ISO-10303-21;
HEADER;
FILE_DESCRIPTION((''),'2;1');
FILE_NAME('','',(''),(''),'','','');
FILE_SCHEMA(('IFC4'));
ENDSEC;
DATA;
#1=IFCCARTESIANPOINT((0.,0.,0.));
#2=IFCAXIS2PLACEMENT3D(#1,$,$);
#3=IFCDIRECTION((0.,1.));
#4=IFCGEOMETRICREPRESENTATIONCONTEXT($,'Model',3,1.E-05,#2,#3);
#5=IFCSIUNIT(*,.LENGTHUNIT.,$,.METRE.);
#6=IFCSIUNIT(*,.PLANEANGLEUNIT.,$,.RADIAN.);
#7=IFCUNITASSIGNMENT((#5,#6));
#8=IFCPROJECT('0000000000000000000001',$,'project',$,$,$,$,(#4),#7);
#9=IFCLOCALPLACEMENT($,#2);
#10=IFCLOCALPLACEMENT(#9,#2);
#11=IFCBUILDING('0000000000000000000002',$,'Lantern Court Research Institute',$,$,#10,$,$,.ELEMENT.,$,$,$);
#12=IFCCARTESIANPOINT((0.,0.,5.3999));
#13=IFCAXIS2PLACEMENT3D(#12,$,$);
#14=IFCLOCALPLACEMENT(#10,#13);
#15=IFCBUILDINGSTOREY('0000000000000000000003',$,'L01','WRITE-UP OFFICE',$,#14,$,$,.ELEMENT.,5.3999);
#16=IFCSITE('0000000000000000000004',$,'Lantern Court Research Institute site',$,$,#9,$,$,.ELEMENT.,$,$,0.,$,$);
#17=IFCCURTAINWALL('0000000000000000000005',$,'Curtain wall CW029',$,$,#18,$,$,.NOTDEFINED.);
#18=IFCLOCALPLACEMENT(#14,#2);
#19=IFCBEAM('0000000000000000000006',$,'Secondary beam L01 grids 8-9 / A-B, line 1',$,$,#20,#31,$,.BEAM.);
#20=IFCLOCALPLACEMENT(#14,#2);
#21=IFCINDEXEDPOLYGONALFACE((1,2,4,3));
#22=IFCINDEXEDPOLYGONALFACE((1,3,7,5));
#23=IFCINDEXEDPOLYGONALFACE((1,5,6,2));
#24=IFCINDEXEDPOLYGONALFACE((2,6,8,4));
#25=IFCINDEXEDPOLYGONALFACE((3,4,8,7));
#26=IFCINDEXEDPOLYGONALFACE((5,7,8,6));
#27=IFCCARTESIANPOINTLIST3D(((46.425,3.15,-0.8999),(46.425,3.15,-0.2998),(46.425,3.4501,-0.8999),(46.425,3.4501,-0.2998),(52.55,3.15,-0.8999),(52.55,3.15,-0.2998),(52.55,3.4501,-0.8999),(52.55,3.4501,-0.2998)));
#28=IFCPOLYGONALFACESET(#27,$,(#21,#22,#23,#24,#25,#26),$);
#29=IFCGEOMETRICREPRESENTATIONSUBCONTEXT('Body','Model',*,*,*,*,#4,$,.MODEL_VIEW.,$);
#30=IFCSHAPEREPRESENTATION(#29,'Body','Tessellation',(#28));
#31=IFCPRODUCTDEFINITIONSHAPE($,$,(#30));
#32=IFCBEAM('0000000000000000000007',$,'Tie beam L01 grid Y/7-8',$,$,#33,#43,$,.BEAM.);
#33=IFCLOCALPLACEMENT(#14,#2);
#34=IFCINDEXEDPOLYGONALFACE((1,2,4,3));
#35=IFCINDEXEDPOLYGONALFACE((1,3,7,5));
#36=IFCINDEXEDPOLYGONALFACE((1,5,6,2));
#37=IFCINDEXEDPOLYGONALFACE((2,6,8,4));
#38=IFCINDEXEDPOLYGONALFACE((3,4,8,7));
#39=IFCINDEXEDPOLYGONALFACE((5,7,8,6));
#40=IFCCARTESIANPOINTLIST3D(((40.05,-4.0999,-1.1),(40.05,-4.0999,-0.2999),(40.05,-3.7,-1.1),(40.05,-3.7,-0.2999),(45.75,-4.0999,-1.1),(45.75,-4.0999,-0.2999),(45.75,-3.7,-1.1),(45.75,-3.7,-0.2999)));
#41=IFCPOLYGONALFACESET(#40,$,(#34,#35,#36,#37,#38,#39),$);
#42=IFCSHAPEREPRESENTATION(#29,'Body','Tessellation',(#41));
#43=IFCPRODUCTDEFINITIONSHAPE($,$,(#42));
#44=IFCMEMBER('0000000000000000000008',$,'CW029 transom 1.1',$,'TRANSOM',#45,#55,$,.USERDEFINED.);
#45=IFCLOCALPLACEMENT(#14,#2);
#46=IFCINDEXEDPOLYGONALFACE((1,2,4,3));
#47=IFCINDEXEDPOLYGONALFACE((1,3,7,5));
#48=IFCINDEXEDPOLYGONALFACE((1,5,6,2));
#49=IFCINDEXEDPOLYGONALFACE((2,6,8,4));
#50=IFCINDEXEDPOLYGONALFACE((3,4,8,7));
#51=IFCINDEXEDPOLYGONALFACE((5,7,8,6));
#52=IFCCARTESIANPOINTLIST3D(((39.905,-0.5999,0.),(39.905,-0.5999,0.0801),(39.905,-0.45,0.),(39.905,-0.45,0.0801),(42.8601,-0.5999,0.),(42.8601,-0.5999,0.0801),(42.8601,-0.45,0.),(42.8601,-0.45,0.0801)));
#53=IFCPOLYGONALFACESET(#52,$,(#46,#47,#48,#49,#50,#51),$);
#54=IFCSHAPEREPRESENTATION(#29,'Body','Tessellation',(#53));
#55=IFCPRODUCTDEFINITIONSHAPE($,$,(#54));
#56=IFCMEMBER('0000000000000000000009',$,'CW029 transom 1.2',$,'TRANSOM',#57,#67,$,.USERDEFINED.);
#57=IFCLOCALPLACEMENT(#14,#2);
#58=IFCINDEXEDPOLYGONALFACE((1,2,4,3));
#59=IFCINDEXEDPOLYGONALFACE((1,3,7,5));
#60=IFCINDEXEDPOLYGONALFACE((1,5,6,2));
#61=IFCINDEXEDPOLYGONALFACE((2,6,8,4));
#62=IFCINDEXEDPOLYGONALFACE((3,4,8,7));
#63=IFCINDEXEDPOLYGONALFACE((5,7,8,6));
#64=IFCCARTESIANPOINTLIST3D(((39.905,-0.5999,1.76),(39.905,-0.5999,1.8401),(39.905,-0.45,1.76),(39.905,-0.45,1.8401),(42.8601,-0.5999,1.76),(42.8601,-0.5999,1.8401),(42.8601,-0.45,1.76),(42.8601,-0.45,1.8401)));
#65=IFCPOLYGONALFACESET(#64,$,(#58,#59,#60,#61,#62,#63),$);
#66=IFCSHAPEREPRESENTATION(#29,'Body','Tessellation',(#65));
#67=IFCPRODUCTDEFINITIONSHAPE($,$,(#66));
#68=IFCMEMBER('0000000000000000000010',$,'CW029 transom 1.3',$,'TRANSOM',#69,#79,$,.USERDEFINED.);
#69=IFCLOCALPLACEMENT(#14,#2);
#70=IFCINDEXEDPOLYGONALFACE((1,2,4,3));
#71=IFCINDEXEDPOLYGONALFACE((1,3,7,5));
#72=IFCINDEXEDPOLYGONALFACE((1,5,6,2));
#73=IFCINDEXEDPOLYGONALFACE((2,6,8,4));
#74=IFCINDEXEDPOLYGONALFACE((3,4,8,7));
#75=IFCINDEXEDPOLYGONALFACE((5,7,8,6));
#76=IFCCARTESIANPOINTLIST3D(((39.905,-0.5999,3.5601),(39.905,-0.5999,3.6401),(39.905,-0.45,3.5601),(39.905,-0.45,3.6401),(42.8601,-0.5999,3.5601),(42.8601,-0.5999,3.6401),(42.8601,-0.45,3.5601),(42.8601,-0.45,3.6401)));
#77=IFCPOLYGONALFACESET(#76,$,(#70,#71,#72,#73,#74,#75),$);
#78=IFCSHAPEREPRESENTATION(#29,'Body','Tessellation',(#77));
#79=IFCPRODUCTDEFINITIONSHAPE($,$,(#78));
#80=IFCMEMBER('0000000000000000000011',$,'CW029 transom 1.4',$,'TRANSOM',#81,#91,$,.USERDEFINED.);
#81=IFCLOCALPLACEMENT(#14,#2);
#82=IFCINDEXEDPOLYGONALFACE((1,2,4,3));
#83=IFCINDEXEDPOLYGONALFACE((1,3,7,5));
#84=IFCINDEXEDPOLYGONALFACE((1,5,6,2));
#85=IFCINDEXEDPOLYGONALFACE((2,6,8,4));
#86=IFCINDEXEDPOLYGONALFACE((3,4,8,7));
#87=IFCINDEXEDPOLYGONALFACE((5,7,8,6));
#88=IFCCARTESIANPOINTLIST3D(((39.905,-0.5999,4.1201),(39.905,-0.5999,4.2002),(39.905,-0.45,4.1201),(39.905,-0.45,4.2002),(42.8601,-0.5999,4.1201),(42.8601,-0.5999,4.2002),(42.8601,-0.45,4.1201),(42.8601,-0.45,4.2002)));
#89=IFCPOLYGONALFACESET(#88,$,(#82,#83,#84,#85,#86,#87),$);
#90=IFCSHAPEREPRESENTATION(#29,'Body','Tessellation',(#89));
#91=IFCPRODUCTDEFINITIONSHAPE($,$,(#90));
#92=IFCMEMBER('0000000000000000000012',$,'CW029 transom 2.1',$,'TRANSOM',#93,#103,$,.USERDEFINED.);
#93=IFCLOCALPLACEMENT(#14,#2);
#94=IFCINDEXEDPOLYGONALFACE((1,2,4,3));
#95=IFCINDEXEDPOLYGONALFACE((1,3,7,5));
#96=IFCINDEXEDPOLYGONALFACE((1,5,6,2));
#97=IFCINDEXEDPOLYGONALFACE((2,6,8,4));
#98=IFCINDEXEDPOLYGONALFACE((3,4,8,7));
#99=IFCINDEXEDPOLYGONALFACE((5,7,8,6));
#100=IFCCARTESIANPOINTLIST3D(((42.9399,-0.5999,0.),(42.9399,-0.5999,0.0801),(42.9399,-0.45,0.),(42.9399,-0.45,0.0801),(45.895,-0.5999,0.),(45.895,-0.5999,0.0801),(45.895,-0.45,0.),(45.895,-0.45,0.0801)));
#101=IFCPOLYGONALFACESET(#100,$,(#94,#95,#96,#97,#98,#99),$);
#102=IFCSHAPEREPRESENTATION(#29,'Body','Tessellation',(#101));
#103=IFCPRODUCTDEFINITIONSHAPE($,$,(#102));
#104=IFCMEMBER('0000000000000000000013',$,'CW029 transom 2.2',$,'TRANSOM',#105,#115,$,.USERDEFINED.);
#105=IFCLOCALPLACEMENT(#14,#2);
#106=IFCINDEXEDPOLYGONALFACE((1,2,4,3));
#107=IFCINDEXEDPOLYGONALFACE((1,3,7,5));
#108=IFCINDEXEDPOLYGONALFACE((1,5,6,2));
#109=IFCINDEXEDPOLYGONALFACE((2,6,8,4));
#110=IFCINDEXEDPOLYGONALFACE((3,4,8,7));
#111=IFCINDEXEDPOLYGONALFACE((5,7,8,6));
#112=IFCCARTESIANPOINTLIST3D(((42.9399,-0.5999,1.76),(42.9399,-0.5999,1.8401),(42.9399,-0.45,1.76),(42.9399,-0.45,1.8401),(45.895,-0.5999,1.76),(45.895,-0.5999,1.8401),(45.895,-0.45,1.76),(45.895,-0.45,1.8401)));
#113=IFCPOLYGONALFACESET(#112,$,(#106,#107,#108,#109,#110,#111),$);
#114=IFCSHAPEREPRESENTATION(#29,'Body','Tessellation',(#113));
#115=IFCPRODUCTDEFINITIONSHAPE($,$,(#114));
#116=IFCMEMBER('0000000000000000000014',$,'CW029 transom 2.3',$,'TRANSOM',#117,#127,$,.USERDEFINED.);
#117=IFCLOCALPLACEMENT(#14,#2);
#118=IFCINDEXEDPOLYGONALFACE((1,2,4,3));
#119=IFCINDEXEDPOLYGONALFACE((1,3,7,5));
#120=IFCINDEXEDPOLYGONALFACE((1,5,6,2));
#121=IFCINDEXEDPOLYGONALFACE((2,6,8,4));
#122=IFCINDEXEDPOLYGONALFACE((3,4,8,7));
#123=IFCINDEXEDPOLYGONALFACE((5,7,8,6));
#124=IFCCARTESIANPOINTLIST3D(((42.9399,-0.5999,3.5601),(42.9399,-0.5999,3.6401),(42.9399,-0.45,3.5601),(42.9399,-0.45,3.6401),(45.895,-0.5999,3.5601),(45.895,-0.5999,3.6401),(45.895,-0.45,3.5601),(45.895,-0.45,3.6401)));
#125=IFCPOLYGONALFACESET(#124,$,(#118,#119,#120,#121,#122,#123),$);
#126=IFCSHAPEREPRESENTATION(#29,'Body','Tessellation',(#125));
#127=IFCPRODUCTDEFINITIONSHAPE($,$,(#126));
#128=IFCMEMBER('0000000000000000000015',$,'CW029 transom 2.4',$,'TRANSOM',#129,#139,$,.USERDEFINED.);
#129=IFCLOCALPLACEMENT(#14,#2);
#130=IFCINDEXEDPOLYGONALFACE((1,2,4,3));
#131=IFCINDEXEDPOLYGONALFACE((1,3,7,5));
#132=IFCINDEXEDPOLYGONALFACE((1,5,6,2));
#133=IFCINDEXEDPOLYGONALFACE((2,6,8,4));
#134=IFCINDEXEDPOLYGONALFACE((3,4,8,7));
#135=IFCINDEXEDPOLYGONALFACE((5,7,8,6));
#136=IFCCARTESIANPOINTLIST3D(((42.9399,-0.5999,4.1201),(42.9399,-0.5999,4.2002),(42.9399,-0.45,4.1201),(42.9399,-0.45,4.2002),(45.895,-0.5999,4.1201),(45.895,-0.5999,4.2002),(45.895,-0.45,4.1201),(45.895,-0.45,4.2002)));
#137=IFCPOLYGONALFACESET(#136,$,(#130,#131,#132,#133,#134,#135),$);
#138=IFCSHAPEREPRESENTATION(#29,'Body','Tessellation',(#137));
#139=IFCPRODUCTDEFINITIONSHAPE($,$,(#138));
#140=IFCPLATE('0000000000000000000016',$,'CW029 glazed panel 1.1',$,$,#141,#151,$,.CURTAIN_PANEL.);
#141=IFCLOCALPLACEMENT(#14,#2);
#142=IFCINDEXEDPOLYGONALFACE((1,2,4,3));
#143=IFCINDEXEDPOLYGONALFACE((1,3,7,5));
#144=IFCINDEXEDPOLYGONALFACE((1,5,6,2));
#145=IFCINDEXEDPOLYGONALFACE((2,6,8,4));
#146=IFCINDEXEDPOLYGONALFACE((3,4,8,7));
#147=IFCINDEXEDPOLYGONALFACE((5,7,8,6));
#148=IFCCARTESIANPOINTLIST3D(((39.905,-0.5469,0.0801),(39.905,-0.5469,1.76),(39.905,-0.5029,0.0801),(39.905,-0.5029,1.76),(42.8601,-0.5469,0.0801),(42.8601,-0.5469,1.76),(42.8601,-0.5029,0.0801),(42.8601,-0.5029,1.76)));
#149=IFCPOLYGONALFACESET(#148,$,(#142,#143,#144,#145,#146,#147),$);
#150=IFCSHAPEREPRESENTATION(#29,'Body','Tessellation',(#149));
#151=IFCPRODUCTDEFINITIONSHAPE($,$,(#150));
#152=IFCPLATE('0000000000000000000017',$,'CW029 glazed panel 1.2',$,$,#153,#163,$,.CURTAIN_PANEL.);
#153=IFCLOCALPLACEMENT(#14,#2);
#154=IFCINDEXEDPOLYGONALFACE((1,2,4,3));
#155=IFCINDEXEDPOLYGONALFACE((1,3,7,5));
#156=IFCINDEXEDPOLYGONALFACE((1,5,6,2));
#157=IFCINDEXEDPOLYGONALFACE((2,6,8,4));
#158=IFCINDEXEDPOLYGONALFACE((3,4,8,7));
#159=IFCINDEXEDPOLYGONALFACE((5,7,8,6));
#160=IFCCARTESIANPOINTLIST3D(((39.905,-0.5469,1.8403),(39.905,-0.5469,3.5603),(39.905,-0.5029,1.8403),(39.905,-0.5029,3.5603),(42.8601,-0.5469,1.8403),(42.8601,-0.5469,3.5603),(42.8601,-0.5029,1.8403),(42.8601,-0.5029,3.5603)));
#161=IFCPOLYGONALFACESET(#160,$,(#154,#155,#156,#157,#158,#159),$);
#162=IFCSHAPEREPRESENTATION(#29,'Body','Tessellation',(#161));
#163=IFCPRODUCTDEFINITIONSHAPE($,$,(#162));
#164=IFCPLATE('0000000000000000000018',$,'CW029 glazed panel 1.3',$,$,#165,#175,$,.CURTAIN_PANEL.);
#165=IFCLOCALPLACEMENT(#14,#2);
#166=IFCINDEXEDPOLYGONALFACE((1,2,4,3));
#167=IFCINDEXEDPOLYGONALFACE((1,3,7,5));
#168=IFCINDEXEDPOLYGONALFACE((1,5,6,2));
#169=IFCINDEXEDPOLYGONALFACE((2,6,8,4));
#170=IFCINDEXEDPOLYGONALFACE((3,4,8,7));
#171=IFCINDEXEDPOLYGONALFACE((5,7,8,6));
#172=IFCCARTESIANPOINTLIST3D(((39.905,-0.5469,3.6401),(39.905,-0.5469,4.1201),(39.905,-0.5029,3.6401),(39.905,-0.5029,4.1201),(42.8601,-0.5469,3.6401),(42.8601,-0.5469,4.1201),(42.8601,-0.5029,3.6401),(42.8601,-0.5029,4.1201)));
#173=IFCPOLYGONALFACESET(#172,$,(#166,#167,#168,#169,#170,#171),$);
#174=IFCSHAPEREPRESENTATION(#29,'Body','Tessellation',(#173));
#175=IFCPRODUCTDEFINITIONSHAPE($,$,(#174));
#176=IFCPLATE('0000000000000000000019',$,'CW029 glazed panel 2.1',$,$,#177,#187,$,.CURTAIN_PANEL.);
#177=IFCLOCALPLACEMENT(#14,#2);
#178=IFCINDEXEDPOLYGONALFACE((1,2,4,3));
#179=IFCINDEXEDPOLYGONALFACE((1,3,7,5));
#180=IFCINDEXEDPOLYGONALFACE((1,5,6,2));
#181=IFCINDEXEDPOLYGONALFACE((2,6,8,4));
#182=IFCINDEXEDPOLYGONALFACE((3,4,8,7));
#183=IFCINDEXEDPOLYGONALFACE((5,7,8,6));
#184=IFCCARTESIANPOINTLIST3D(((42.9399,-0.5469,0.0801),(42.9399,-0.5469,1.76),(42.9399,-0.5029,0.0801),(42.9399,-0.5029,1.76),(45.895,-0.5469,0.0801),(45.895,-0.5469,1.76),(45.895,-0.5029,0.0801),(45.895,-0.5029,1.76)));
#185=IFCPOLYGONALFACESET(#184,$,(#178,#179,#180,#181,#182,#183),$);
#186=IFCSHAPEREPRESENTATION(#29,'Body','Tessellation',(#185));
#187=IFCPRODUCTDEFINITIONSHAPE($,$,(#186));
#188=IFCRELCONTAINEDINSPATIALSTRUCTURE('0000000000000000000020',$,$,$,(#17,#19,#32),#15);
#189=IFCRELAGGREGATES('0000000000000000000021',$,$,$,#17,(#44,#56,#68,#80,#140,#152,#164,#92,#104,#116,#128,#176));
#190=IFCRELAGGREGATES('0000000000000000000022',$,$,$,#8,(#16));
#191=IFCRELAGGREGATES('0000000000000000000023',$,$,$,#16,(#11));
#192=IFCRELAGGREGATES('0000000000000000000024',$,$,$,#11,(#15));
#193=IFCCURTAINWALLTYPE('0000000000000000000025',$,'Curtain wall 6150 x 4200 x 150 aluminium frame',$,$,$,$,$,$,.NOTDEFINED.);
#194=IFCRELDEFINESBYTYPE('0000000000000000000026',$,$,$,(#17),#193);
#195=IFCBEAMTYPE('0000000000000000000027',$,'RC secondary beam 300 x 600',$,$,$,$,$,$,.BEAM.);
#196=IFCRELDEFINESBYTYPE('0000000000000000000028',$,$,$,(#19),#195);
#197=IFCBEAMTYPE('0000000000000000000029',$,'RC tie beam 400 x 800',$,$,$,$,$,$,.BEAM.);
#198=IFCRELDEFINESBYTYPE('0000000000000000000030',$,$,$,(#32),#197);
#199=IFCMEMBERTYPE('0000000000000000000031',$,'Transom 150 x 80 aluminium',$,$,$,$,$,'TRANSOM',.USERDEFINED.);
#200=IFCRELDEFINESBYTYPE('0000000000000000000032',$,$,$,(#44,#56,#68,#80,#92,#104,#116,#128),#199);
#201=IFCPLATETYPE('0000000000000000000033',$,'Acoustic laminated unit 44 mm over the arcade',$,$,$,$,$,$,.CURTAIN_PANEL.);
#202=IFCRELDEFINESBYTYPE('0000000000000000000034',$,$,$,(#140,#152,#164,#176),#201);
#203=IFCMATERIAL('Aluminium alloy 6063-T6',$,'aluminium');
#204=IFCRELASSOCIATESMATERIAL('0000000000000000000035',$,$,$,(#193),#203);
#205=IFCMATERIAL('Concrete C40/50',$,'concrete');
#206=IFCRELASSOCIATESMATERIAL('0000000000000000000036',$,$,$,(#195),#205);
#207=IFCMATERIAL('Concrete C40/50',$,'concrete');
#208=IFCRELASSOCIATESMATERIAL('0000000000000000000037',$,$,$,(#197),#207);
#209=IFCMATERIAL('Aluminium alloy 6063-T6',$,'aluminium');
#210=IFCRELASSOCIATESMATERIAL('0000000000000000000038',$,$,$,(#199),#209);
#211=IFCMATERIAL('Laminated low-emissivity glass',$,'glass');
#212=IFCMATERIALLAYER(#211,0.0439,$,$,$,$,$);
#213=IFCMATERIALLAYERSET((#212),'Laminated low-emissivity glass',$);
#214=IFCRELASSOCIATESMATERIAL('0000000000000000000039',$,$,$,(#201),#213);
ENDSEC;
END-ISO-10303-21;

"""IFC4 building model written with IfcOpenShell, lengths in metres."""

from ifc_helpers import new_model, si_unit, direction, frame, origin, origin_2d, place, context, subcontext, project, spatial, rectangle, extrude, material, layer, layer_set, material_profile, profile_set, type_object, element, aggregate, save


model = new_model("IFC4")

# Units and contexts
model_context = context("Model", 3, precision=1e-05, world=origin(), true_north=direction((0.0, 1.0)))
body_context = subcontext(model_context, "Body", "Model", "MODEL_VIEW")
ifc_project = project(units=[si_unit("LENGTHUNIT", "METRE"), si_unit("PLANEANGLEUNIT", "RADIAN")], contexts=[model_context])

# Site, building, storey
site_placement = place(None, origin())
site = spatial("IfcSite", under=ifc_project, at=site_placement, Name="Lantern Court Research Institute site", CompositionType="ELEMENT", RefElevation=0.0)
building_placement = place(site_placement, origin())
building = spatial("IfcBuilding", under=site, at=building_placement, Name="Lantern Court Research Institute", CompositionType="ELEMENT")
storey_placement = place(building_placement, frame((0.0, 0.0, 5.3999)))
storey = spatial("IfcBuildingStorey", under=building, at=storey_placement, Name="L01", Description="WRITE-UP OFFICE", CompositionType="ELEMENT", Elevation=5.3999)

# Curtain wall
ifc_material_1 = material(Name="Aluminium alloy 6063-T6", Category="aluminium")
curtain_wall_type_1 = type_object("IfcCurtainWallType", Name="Curtain wall 6150 x 4200 x 150 aluminium frame", PredefinedType="NOTDEFINED", material=ifc_material_1)
curtain_wall_1_placement = place(storey_placement, origin())
curtain_wall_1 = element("IfcCurtainWall", 1, at=curtain_wall_1_placement, inside=storey, type_object=curtain_wall_type_1, Name="Curtain wall CW029", PredefinedType="NOTDEFINED")

# Beams
ifc_material_2 = material(Name="Concrete C40/50", Category="concrete")
ifc_material_profile_1 = material_profile(ifc_material_2, rectangle(XDim=0.3, YDim=0.6001, at=origin_2d()), Name="RC beam 300 x 600")
ifc_profile_set_1 = profile_set([ifc_material_profile_1], Name="Concrete C40/50")
beam_type_1 = type_object("IfcBeamType", Name="RC secondary beam 300 x 600", PredefinedType="BEAM", material=ifc_profile_set_1)
beam_1_placement = place(storey_placement, frame((46.425, 3.3, -0.5999), z_axis=(1.0, 0.0, 0.0), x_axis=(0.0, 1.0, 0.0)))
element("IfcBeam", 2, at=beam_1_placement, inside=storey, type_object=beam_type_1, Name="Secondary beam L01 grids 8-9 / A-B, line 1", PredefinedType="BEAM", context=body_context, shape_type="SweptSolid", body=[
    extrude(rectangle(XDim=0.3, YDim=0.6001, at=origin_2d()), origin(), (0.0, 0.0, 1.0), 6.125),
])
ifc_material_3 = material(Name="Concrete C40/50", Category="concrete")
ifc_material_profile_2 = material_profile(ifc_material_3, rectangle(XDim=0.3999, YDim=0.8, at=origin_2d()), Name="RC beam 400 x 800")
ifc_profile_set_2 = profile_set([ifc_material_profile_2], Name="Concrete C40/50")
beam_type_2 = type_object("IfcBeamType", Name="RC tie beam 400 x 800", PredefinedType="BEAM", material=ifc_profile_set_2)
beam_2_placement = place(storey_placement, frame((40.05, -3.8999, -0.7), z_axis=(1.0, 0.0, 0.0), x_axis=(0.0, 1.0, 0.0)))
element("IfcBeam", 3, at=beam_2_placement, inside=storey, type_object=beam_type_2, Name="Tie beam L01 grid Y/7-8", PredefinedType="BEAM", context=body_context, shape_type="SweptSolid", body=[
    extrude(rectangle(XDim=0.3999, YDim=0.8, at=origin_2d()), origin(), (0.0, 0.0, 1.0), 5.7),
])

# Members
ifc_material_4 = material(Name="Aluminium alloy 6063-T6", Category="aluminium")
ifc_material_profile_3 = material_profile(ifc_material_4, rectangle(XDim=0.1499, YDim=0.0801, at=origin_2d()), Name="Transom 150 x 80")
ifc_profile_set_3 = profile_set([ifc_material_profile_3], Name="Aluminium alloy 6063-T6")
member_type_1 = type_object("IfcMemberType", Name="Transom 150 x 80 aluminium", ElementType="TRANSOM", PredefinedType="USERDEFINED", material=ifc_profile_set_3)
member_1_placement = place(storey_placement, frame((42.8601, -0.5249, 0.04), z_axis=(-1.0, 0.0, 0.0), x_axis=(0.0, -1.0, 0.0)))
member_1 = element("IfcMember", 4, at=member_1_placement, type_object=member_type_1, Name="CW029 transom 1.1", ObjectType="TRANSOM", PredefinedType="USERDEFINED", context=body_context, shape_type="SweptSolid", body=[
    extrude(rectangle(XDim=0.1499, YDim=0.0801, at=origin_2d()), origin(), (0.0, 0.0, 1.0), 2.9551),
])
member_2_placement = place(storey_placement, frame((42.8601, -0.5249, 1.8), z_axis=(-1.0, 0.0, 0.0), x_axis=(0.0, -1.0, 0.0)))
member_2 = element("IfcMember", 5, at=member_2_placement, type_object=member_type_1, Name="CW029 transom 1.2", ObjectType="TRANSOM", PredefinedType="USERDEFINED", context=body_context, shape_type="SweptSolid", body=[
    extrude(rectangle(XDim=0.1499, YDim=0.0801, at=origin_2d()), origin(), (0.0, 0.0, 1.0), 2.9551),
])
member_3_placement = place(storey_placement, frame((42.8601, -0.5249, 3.6001), z_axis=(-1.0, 0.0, 0.0), x_axis=(0.0, -1.0, 0.0)))
member_3 = element("IfcMember", 6, at=member_3_placement, type_object=member_type_1, Name="CW029 transom 1.3", ObjectType="TRANSOM", PredefinedType="USERDEFINED", context=body_context, shape_type="SweptSolid", body=[
    extrude(rectangle(XDim=0.1499, YDim=0.0801, at=origin_2d()), origin(), (0.0, 0.0, 1.0), 2.9551),
])
member_4_placement = place(storey_placement, frame((42.8601, -0.5249, 4.1602), z_axis=(-1.0, 0.0, 0.0), x_axis=(0.0, -1.0, 0.0)))
member_4 = element("IfcMember", 7, at=member_4_placement, type_object=member_type_1, Name="CW029 transom 1.4", ObjectType="TRANSOM", PredefinedType="USERDEFINED", context=body_context, shape_type="SweptSolid", body=[
    extrude(rectangle(XDim=0.1499, YDim=0.0801, at=origin_2d()), origin(), (0.0, 0.0, 1.0), 2.9551),
])
member_5_placement = place(storey_placement, frame((45.895, -0.5249, 0.04), z_axis=(-1.0, 0.0, 0.0), x_axis=(0.0, -1.0, 0.0)))
member_5 = element("IfcMember", 8, at=member_5_placement, type_object=member_type_1, Name="CW029 transom 2.1", ObjectType="TRANSOM", PredefinedType="USERDEFINED", context=body_context, shape_type="SweptSolid", body=[
    extrude(rectangle(XDim=0.1499, YDim=0.0801, at=origin_2d()), origin(), (0.0, 0.0, 1.0), 2.9551),
])
member_6_placement = place(storey_placement, frame((45.895, -0.5249, 1.8), z_axis=(-1.0, 0.0, 0.0), x_axis=(0.0, -1.0, 0.0)))
member_6 = element("IfcMember", 9, at=member_6_placement, type_object=member_type_1, Name="CW029 transom 2.2", ObjectType="TRANSOM", PredefinedType="USERDEFINED", context=body_context, shape_type="SweptSolid", body=[
    extrude(rectangle(XDim=0.1499, YDim=0.0801, at=origin_2d()), origin(), (0.0, 0.0, 1.0), 2.9551),
])
member_7_placement = place(storey_placement, frame((45.895, -0.5249, 3.6001), z_axis=(-1.0, 0.0, 0.0), x_axis=(0.0, -1.0, 0.0)))
member_7 = element("IfcMember", 10, at=member_7_placement, type_object=member_type_1, Name="CW029 transom 2.3", ObjectType="TRANSOM", PredefinedType="USERDEFINED", context=body_context, shape_type="SweptSolid", body=[
    extrude(rectangle(XDim=0.1499, YDim=0.0801, at=origin_2d()), origin(), (0.0, 0.0, 1.0), 2.9551),
])
member_8_placement = place(storey_placement, frame((45.895, -0.5249, 4.1602), z_axis=(-1.0, 0.0, 0.0), x_axis=(0.0, -1.0, 0.0)))
member_8 = element("IfcMember", 11, at=member_8_placement, type_object=member_type_1, Name="CW029 transom 2.4", ObjectType="TRANSOM", PredefinedType="USERDEFINED", context=body_context, shape_type="SweptSolid", body=[
    extrude(rectangle(XDim=0.1499, YDim=0.0801, at=origin_2d()), origin(), (0.0, 0.0, 1.0), 2.9551),
])

# Plates
ifc_material_5 = material(Name="Laminated low-emissivity glass", Category="glass")
ifc_layer_1 = layer(ifc_material_5, 0.0439)
ifc_layer_set_1 = layer_set([ifc_layer_1], Name="Laminated low-emissivity glass")
plate_type = type_object("IfcPlateType", Name="Acoustic laminated unit 44 mm over the arcade", PredefinedType="CURTAIN_PANEL", material=ifc_layer_set_1)
plate_1_placement = place(storey_placement, frame((41.3826, -0.5249, 0.0801), z_axis=(0.0, 0.0, 1.0), x_axis=(-1.0, 0.0, 0.0)))
plate_1 = element("IfcPlate", 12, at=plate_1_placement, type_object=plate_type, Name="CW029 glazed panel 1.1", PredefinedType="CURTAIN_PANEL", context=body_context, shape_type="SweptSolid", body=[
    extrude(rectangle(XDim=2.9551, YDim=0.0439, at=origin_2d()), origin(), (0.0, 0.0, 1.0), 1.6799),
])
plate_2_placement = place(storey_placement, frame((41.3826, -0.5249, 1.8403), z_axis=(0.0, 0.0, 1.0), x_axis=(-1.0, 0.0, 0.0)))
plate_2 = element("IfcPlate", 13, at=plate_2_placement, type_object=plate_type, Name="CW029 glazed panel 1.2", PredefinedType="CURTAIN_PANEL", context=body_context, shape_type="SweptSolid", body=[
    extrude(rectangle(XDim=2.9551, YDim=0.0439, at=origin_2d()), origin(), (0.0, 0.0, 1.0), 1.72),
])
plate_3_placement = place(storey_placement, frame((41.3826, -0.5249, 3.6401), z_axis=(0.0, 0.0, 1.0), x_axis=(-1.0, 0.0, 0.0)))
plate_3 = element("IfcPlate", 14, at=plate_3_placement, type_object=plate_type, Name="CW029 glazed panel 1.3", PredefinedType="CURTAIN_PANEL", context=body_context, shape_type="SweptSolid", body=[
    extrude(rectangle(XDim=2.9551, YDim=0.0439, at=origin_2d()), origin(), (0.0, 0.0, 1.0), 0.48),
])
plate_4_placement = place(storey_placement, frame((44.4175, -0.5249, 0.0801), z_axis=(0.0, 0.0, 1.0), x_axis=(-1.0, 0.0, 0.0)))
plate_4 = element("IfcPlate", 15, at=plate_4_placement, type_object=plate_type, Name="CW029 glazed panel 2.1", PredefinedType="CURTAIN_PANEL", context=body_context, shape_type="SweptSolid", body=[
    extrude(rectangle(XDim=2.9551, YDim=0.0439, at=origin_2d()), origin(), (0.0, 0.0, 1.0), 1.6799),
])
aggregate(curtain_wall_1, [member_1, member_2, member_3, member_4, plate_1, plate_2, plate_3, member_5, member_6, member_7, member_8, plate_4])

save(model, "model.ifc")
